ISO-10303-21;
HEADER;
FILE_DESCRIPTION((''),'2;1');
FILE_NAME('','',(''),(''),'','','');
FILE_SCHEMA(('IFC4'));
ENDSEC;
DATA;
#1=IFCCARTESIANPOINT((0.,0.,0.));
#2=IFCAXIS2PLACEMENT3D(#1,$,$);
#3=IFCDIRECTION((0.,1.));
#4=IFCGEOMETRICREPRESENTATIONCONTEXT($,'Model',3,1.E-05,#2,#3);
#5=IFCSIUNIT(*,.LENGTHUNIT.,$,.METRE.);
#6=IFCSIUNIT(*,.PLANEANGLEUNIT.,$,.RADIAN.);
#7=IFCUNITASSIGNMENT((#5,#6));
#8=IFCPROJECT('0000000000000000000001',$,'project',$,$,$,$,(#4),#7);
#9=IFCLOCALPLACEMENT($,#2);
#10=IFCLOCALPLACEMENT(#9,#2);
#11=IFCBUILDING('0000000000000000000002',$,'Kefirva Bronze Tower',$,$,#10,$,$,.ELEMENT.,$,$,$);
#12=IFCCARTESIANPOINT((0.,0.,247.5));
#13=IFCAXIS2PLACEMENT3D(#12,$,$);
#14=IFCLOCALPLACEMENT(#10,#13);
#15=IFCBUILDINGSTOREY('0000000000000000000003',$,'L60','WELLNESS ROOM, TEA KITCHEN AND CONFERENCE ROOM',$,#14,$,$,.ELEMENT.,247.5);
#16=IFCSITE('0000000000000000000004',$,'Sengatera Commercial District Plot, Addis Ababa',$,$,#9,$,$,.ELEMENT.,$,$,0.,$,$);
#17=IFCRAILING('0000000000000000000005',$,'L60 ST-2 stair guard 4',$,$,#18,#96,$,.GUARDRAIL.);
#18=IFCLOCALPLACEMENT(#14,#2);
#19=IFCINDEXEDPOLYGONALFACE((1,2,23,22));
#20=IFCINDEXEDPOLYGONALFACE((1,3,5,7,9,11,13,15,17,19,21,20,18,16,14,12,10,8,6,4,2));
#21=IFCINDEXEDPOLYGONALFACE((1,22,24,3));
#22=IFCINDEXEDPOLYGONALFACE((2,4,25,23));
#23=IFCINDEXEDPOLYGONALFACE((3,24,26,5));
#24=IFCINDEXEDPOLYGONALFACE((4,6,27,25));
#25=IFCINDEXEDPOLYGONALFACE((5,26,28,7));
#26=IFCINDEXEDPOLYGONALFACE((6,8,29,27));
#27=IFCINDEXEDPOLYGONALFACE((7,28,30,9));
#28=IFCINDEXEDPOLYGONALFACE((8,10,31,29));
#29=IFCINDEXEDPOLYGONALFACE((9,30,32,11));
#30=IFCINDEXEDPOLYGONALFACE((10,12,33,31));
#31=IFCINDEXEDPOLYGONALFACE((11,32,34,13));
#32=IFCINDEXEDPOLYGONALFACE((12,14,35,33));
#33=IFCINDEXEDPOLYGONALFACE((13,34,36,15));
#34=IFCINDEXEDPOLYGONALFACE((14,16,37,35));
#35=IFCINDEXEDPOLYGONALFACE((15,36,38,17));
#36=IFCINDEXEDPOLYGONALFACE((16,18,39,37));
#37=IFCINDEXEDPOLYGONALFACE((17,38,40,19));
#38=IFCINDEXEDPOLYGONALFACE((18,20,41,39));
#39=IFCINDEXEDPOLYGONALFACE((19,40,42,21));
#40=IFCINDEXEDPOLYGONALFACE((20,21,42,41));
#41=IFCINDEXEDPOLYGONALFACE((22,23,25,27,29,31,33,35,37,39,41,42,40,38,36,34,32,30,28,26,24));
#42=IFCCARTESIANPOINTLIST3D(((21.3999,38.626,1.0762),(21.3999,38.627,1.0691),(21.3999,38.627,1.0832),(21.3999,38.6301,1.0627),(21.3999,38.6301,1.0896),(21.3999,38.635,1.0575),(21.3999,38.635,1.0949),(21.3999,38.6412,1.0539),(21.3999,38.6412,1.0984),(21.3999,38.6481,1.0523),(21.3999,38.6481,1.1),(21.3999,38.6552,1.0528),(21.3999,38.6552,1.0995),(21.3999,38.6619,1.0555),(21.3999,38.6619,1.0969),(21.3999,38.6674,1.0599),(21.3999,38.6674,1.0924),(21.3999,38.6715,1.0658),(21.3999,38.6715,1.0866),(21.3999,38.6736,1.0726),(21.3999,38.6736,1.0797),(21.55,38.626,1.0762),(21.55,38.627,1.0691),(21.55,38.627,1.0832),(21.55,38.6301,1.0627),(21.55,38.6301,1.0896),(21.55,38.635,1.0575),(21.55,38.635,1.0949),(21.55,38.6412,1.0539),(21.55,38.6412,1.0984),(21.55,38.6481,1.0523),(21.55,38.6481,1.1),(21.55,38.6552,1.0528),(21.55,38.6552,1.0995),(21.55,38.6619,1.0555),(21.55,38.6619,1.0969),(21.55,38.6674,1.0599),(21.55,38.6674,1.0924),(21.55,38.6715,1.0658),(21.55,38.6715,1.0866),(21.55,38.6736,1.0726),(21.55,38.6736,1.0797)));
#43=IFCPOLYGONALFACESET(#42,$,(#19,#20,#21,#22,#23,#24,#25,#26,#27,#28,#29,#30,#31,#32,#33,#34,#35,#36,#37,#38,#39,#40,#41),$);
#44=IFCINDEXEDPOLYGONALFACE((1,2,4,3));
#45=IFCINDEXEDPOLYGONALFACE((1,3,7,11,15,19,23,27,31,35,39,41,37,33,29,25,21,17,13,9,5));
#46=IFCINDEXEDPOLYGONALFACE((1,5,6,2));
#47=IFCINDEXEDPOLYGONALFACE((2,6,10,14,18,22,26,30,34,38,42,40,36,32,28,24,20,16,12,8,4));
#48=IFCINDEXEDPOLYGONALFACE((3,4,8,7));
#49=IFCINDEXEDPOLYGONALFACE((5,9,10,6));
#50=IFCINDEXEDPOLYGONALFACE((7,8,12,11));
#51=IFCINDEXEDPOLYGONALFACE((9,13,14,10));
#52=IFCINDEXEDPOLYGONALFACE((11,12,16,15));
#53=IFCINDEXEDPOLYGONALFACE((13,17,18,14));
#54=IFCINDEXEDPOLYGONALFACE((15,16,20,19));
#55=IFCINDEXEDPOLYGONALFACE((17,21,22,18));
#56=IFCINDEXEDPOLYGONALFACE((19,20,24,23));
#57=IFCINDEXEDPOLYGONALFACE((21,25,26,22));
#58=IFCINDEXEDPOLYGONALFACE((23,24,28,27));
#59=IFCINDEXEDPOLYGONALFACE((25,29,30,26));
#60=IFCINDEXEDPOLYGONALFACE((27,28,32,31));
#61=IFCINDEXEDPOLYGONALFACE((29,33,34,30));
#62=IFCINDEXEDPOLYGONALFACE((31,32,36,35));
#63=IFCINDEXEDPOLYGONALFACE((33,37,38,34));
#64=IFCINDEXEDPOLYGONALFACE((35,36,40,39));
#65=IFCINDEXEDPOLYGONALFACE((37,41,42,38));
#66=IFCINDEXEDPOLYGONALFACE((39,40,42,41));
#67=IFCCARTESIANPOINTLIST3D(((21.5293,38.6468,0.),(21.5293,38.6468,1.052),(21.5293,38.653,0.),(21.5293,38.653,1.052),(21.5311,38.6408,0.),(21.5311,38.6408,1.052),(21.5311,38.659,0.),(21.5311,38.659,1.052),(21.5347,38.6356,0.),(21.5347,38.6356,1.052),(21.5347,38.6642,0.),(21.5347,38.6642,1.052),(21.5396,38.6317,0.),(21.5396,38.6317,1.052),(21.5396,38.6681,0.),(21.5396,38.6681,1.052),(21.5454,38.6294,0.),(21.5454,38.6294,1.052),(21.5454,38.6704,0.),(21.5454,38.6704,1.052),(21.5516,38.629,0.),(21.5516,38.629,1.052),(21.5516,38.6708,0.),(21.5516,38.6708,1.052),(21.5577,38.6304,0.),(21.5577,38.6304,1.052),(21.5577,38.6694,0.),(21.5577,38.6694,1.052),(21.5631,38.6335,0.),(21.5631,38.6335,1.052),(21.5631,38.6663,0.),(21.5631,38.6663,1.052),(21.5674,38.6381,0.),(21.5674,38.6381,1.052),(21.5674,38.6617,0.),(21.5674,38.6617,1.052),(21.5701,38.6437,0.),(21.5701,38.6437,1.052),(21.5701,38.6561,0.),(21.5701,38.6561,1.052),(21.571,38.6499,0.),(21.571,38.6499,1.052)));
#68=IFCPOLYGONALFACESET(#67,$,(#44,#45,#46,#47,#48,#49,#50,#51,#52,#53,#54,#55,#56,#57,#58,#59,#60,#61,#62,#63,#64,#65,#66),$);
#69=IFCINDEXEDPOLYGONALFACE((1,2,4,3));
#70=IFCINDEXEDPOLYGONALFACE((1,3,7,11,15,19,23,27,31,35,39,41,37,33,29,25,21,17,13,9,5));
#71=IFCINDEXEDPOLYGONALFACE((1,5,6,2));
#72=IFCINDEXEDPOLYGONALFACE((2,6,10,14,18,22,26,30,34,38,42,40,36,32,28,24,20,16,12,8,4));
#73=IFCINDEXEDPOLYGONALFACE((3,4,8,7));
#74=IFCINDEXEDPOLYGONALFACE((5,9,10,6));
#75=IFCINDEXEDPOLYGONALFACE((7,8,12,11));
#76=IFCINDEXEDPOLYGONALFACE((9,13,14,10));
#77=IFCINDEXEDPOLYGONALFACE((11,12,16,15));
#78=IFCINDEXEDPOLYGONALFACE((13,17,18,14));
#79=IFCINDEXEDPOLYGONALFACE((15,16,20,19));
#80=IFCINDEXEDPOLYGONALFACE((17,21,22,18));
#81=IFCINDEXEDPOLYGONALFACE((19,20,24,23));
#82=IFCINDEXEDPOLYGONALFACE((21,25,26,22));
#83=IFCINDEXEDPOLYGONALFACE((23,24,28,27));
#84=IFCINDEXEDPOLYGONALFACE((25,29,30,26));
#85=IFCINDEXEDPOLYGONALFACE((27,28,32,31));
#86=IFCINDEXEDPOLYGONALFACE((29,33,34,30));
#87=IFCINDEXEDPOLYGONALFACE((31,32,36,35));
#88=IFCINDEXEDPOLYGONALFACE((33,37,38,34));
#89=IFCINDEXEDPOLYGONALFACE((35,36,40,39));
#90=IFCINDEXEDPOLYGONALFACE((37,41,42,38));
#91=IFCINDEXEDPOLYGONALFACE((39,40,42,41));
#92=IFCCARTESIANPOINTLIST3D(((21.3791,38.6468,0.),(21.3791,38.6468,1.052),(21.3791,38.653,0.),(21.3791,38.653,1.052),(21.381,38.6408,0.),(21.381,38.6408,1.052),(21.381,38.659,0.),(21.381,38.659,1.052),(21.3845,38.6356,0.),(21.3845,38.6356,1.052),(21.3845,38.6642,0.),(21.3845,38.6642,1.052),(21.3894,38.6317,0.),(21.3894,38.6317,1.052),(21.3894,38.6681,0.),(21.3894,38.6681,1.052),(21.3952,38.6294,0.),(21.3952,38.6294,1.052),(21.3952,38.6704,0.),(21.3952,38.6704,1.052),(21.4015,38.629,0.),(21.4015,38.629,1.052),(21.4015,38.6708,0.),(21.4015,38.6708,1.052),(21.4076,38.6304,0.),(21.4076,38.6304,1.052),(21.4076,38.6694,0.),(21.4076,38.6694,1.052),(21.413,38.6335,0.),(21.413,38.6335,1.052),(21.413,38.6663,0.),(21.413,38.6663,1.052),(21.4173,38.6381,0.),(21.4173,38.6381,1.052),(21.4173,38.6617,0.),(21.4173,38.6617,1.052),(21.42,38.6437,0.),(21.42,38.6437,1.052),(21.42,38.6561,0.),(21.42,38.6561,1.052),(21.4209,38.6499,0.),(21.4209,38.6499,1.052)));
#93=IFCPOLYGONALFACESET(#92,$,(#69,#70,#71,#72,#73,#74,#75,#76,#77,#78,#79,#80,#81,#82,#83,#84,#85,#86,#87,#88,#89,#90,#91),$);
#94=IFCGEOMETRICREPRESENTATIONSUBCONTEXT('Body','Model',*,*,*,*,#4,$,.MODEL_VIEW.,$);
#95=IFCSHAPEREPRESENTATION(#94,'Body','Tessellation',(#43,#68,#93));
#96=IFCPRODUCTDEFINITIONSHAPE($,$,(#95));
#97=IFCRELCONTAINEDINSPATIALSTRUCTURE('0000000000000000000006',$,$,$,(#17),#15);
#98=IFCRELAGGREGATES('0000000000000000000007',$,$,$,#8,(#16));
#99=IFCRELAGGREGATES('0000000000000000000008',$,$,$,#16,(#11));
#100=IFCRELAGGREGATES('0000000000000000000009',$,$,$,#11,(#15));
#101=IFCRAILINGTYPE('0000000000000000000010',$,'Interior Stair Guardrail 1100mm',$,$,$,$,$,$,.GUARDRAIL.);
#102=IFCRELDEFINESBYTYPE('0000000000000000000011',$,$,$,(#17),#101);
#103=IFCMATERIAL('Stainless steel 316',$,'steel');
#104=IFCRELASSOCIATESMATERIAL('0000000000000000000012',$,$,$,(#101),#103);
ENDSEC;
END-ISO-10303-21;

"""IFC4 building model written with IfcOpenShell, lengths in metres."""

from ifc_helpers import new_model, si_unit, direction, frame, origin, origin_2d, place, context, subcontext, project, spatial, circle, extrude, material, type_object, element, save


model = new_model("IFC4")

# Units and contexts
model_context = context("Model", 3, precision=1e-05, world=origin(), true_north=direction((0.0, 1.0)))
body_context = subcontext(model_context, "Body", "Model", "MODEL_VIEW")
ifc_project = project(units=[si_unit("LENGTHUNIT", "METRE"), si_unit("PLANEANGLEUNIT", "RADIAN")], contexts=[model_context])

# Site, building, storey
site_placement = place(None, origin())
site = spatial("IfcSite", under=ifc_project, at=site_placement, Name="Sengatera Commercial District Plot, Addis Ababa", CompositionType="ELEMENT", RefElevation=0.0)
building_placement = place(site_placement, origin())
building = spatial("IfcBuilding", under=site, at=building_placement, Name="Kefirva Bronze Tower", CompositionType="ELEMENT")
storey_placement = place(building_placement, frame((0.0, 0.0, 247.5)))
storey = spatial("IfcBuildingStorey", under=building, at=storey_placement, Name="L60", Description="WELLNESS ROOM, TEA KITCHEN AND CONFERENCE ROOM", CompositionType="ELEMENT", Elevation=247.5)

# Shared definitions
ifc_material_1 = material(Name="Stainless steel 316", Category="steel")

# Railing
railing_type_1 = type_object("IfcRailingType", Name="Interior Stair Guardrail 1100mm", PredefinedType="GUARDRAIL", material=ifc_material_1)
railing_1_placement = place(storey_placement, frame((21.55, 38.6499, 0.0)))
element("IfcRailing", 1, at=railing_1_placement, inside=storey, type_object=railing_type_1, Name="L60 ST-2 stair guard 4", PredefinedType="GUARDRAIL", context=body_context, shape_type="SweptSolid", body=[
    extrude(circle(Radius=0.0239, at=origin_2d()), frame((0.0, 0.0, 1.0762), z_axis=(-1.0, 0.0, 0.0), x_axis=(0.0, -1.0, 0.0)), (0.0, 0.0, 1.0), 0.1501),
    extrude(circle(Radius=0.021, at=origin_2d()), origin(), (0.0, 0.0, 1.0), 1.052),
    extrude(circle(Radius=0.021, at=origin_2d()), frame((-0.1501, 0.0, 0.0)), (0.0, 0.0, 1.0), 1.052),
])

save(model, "model.ifc")
